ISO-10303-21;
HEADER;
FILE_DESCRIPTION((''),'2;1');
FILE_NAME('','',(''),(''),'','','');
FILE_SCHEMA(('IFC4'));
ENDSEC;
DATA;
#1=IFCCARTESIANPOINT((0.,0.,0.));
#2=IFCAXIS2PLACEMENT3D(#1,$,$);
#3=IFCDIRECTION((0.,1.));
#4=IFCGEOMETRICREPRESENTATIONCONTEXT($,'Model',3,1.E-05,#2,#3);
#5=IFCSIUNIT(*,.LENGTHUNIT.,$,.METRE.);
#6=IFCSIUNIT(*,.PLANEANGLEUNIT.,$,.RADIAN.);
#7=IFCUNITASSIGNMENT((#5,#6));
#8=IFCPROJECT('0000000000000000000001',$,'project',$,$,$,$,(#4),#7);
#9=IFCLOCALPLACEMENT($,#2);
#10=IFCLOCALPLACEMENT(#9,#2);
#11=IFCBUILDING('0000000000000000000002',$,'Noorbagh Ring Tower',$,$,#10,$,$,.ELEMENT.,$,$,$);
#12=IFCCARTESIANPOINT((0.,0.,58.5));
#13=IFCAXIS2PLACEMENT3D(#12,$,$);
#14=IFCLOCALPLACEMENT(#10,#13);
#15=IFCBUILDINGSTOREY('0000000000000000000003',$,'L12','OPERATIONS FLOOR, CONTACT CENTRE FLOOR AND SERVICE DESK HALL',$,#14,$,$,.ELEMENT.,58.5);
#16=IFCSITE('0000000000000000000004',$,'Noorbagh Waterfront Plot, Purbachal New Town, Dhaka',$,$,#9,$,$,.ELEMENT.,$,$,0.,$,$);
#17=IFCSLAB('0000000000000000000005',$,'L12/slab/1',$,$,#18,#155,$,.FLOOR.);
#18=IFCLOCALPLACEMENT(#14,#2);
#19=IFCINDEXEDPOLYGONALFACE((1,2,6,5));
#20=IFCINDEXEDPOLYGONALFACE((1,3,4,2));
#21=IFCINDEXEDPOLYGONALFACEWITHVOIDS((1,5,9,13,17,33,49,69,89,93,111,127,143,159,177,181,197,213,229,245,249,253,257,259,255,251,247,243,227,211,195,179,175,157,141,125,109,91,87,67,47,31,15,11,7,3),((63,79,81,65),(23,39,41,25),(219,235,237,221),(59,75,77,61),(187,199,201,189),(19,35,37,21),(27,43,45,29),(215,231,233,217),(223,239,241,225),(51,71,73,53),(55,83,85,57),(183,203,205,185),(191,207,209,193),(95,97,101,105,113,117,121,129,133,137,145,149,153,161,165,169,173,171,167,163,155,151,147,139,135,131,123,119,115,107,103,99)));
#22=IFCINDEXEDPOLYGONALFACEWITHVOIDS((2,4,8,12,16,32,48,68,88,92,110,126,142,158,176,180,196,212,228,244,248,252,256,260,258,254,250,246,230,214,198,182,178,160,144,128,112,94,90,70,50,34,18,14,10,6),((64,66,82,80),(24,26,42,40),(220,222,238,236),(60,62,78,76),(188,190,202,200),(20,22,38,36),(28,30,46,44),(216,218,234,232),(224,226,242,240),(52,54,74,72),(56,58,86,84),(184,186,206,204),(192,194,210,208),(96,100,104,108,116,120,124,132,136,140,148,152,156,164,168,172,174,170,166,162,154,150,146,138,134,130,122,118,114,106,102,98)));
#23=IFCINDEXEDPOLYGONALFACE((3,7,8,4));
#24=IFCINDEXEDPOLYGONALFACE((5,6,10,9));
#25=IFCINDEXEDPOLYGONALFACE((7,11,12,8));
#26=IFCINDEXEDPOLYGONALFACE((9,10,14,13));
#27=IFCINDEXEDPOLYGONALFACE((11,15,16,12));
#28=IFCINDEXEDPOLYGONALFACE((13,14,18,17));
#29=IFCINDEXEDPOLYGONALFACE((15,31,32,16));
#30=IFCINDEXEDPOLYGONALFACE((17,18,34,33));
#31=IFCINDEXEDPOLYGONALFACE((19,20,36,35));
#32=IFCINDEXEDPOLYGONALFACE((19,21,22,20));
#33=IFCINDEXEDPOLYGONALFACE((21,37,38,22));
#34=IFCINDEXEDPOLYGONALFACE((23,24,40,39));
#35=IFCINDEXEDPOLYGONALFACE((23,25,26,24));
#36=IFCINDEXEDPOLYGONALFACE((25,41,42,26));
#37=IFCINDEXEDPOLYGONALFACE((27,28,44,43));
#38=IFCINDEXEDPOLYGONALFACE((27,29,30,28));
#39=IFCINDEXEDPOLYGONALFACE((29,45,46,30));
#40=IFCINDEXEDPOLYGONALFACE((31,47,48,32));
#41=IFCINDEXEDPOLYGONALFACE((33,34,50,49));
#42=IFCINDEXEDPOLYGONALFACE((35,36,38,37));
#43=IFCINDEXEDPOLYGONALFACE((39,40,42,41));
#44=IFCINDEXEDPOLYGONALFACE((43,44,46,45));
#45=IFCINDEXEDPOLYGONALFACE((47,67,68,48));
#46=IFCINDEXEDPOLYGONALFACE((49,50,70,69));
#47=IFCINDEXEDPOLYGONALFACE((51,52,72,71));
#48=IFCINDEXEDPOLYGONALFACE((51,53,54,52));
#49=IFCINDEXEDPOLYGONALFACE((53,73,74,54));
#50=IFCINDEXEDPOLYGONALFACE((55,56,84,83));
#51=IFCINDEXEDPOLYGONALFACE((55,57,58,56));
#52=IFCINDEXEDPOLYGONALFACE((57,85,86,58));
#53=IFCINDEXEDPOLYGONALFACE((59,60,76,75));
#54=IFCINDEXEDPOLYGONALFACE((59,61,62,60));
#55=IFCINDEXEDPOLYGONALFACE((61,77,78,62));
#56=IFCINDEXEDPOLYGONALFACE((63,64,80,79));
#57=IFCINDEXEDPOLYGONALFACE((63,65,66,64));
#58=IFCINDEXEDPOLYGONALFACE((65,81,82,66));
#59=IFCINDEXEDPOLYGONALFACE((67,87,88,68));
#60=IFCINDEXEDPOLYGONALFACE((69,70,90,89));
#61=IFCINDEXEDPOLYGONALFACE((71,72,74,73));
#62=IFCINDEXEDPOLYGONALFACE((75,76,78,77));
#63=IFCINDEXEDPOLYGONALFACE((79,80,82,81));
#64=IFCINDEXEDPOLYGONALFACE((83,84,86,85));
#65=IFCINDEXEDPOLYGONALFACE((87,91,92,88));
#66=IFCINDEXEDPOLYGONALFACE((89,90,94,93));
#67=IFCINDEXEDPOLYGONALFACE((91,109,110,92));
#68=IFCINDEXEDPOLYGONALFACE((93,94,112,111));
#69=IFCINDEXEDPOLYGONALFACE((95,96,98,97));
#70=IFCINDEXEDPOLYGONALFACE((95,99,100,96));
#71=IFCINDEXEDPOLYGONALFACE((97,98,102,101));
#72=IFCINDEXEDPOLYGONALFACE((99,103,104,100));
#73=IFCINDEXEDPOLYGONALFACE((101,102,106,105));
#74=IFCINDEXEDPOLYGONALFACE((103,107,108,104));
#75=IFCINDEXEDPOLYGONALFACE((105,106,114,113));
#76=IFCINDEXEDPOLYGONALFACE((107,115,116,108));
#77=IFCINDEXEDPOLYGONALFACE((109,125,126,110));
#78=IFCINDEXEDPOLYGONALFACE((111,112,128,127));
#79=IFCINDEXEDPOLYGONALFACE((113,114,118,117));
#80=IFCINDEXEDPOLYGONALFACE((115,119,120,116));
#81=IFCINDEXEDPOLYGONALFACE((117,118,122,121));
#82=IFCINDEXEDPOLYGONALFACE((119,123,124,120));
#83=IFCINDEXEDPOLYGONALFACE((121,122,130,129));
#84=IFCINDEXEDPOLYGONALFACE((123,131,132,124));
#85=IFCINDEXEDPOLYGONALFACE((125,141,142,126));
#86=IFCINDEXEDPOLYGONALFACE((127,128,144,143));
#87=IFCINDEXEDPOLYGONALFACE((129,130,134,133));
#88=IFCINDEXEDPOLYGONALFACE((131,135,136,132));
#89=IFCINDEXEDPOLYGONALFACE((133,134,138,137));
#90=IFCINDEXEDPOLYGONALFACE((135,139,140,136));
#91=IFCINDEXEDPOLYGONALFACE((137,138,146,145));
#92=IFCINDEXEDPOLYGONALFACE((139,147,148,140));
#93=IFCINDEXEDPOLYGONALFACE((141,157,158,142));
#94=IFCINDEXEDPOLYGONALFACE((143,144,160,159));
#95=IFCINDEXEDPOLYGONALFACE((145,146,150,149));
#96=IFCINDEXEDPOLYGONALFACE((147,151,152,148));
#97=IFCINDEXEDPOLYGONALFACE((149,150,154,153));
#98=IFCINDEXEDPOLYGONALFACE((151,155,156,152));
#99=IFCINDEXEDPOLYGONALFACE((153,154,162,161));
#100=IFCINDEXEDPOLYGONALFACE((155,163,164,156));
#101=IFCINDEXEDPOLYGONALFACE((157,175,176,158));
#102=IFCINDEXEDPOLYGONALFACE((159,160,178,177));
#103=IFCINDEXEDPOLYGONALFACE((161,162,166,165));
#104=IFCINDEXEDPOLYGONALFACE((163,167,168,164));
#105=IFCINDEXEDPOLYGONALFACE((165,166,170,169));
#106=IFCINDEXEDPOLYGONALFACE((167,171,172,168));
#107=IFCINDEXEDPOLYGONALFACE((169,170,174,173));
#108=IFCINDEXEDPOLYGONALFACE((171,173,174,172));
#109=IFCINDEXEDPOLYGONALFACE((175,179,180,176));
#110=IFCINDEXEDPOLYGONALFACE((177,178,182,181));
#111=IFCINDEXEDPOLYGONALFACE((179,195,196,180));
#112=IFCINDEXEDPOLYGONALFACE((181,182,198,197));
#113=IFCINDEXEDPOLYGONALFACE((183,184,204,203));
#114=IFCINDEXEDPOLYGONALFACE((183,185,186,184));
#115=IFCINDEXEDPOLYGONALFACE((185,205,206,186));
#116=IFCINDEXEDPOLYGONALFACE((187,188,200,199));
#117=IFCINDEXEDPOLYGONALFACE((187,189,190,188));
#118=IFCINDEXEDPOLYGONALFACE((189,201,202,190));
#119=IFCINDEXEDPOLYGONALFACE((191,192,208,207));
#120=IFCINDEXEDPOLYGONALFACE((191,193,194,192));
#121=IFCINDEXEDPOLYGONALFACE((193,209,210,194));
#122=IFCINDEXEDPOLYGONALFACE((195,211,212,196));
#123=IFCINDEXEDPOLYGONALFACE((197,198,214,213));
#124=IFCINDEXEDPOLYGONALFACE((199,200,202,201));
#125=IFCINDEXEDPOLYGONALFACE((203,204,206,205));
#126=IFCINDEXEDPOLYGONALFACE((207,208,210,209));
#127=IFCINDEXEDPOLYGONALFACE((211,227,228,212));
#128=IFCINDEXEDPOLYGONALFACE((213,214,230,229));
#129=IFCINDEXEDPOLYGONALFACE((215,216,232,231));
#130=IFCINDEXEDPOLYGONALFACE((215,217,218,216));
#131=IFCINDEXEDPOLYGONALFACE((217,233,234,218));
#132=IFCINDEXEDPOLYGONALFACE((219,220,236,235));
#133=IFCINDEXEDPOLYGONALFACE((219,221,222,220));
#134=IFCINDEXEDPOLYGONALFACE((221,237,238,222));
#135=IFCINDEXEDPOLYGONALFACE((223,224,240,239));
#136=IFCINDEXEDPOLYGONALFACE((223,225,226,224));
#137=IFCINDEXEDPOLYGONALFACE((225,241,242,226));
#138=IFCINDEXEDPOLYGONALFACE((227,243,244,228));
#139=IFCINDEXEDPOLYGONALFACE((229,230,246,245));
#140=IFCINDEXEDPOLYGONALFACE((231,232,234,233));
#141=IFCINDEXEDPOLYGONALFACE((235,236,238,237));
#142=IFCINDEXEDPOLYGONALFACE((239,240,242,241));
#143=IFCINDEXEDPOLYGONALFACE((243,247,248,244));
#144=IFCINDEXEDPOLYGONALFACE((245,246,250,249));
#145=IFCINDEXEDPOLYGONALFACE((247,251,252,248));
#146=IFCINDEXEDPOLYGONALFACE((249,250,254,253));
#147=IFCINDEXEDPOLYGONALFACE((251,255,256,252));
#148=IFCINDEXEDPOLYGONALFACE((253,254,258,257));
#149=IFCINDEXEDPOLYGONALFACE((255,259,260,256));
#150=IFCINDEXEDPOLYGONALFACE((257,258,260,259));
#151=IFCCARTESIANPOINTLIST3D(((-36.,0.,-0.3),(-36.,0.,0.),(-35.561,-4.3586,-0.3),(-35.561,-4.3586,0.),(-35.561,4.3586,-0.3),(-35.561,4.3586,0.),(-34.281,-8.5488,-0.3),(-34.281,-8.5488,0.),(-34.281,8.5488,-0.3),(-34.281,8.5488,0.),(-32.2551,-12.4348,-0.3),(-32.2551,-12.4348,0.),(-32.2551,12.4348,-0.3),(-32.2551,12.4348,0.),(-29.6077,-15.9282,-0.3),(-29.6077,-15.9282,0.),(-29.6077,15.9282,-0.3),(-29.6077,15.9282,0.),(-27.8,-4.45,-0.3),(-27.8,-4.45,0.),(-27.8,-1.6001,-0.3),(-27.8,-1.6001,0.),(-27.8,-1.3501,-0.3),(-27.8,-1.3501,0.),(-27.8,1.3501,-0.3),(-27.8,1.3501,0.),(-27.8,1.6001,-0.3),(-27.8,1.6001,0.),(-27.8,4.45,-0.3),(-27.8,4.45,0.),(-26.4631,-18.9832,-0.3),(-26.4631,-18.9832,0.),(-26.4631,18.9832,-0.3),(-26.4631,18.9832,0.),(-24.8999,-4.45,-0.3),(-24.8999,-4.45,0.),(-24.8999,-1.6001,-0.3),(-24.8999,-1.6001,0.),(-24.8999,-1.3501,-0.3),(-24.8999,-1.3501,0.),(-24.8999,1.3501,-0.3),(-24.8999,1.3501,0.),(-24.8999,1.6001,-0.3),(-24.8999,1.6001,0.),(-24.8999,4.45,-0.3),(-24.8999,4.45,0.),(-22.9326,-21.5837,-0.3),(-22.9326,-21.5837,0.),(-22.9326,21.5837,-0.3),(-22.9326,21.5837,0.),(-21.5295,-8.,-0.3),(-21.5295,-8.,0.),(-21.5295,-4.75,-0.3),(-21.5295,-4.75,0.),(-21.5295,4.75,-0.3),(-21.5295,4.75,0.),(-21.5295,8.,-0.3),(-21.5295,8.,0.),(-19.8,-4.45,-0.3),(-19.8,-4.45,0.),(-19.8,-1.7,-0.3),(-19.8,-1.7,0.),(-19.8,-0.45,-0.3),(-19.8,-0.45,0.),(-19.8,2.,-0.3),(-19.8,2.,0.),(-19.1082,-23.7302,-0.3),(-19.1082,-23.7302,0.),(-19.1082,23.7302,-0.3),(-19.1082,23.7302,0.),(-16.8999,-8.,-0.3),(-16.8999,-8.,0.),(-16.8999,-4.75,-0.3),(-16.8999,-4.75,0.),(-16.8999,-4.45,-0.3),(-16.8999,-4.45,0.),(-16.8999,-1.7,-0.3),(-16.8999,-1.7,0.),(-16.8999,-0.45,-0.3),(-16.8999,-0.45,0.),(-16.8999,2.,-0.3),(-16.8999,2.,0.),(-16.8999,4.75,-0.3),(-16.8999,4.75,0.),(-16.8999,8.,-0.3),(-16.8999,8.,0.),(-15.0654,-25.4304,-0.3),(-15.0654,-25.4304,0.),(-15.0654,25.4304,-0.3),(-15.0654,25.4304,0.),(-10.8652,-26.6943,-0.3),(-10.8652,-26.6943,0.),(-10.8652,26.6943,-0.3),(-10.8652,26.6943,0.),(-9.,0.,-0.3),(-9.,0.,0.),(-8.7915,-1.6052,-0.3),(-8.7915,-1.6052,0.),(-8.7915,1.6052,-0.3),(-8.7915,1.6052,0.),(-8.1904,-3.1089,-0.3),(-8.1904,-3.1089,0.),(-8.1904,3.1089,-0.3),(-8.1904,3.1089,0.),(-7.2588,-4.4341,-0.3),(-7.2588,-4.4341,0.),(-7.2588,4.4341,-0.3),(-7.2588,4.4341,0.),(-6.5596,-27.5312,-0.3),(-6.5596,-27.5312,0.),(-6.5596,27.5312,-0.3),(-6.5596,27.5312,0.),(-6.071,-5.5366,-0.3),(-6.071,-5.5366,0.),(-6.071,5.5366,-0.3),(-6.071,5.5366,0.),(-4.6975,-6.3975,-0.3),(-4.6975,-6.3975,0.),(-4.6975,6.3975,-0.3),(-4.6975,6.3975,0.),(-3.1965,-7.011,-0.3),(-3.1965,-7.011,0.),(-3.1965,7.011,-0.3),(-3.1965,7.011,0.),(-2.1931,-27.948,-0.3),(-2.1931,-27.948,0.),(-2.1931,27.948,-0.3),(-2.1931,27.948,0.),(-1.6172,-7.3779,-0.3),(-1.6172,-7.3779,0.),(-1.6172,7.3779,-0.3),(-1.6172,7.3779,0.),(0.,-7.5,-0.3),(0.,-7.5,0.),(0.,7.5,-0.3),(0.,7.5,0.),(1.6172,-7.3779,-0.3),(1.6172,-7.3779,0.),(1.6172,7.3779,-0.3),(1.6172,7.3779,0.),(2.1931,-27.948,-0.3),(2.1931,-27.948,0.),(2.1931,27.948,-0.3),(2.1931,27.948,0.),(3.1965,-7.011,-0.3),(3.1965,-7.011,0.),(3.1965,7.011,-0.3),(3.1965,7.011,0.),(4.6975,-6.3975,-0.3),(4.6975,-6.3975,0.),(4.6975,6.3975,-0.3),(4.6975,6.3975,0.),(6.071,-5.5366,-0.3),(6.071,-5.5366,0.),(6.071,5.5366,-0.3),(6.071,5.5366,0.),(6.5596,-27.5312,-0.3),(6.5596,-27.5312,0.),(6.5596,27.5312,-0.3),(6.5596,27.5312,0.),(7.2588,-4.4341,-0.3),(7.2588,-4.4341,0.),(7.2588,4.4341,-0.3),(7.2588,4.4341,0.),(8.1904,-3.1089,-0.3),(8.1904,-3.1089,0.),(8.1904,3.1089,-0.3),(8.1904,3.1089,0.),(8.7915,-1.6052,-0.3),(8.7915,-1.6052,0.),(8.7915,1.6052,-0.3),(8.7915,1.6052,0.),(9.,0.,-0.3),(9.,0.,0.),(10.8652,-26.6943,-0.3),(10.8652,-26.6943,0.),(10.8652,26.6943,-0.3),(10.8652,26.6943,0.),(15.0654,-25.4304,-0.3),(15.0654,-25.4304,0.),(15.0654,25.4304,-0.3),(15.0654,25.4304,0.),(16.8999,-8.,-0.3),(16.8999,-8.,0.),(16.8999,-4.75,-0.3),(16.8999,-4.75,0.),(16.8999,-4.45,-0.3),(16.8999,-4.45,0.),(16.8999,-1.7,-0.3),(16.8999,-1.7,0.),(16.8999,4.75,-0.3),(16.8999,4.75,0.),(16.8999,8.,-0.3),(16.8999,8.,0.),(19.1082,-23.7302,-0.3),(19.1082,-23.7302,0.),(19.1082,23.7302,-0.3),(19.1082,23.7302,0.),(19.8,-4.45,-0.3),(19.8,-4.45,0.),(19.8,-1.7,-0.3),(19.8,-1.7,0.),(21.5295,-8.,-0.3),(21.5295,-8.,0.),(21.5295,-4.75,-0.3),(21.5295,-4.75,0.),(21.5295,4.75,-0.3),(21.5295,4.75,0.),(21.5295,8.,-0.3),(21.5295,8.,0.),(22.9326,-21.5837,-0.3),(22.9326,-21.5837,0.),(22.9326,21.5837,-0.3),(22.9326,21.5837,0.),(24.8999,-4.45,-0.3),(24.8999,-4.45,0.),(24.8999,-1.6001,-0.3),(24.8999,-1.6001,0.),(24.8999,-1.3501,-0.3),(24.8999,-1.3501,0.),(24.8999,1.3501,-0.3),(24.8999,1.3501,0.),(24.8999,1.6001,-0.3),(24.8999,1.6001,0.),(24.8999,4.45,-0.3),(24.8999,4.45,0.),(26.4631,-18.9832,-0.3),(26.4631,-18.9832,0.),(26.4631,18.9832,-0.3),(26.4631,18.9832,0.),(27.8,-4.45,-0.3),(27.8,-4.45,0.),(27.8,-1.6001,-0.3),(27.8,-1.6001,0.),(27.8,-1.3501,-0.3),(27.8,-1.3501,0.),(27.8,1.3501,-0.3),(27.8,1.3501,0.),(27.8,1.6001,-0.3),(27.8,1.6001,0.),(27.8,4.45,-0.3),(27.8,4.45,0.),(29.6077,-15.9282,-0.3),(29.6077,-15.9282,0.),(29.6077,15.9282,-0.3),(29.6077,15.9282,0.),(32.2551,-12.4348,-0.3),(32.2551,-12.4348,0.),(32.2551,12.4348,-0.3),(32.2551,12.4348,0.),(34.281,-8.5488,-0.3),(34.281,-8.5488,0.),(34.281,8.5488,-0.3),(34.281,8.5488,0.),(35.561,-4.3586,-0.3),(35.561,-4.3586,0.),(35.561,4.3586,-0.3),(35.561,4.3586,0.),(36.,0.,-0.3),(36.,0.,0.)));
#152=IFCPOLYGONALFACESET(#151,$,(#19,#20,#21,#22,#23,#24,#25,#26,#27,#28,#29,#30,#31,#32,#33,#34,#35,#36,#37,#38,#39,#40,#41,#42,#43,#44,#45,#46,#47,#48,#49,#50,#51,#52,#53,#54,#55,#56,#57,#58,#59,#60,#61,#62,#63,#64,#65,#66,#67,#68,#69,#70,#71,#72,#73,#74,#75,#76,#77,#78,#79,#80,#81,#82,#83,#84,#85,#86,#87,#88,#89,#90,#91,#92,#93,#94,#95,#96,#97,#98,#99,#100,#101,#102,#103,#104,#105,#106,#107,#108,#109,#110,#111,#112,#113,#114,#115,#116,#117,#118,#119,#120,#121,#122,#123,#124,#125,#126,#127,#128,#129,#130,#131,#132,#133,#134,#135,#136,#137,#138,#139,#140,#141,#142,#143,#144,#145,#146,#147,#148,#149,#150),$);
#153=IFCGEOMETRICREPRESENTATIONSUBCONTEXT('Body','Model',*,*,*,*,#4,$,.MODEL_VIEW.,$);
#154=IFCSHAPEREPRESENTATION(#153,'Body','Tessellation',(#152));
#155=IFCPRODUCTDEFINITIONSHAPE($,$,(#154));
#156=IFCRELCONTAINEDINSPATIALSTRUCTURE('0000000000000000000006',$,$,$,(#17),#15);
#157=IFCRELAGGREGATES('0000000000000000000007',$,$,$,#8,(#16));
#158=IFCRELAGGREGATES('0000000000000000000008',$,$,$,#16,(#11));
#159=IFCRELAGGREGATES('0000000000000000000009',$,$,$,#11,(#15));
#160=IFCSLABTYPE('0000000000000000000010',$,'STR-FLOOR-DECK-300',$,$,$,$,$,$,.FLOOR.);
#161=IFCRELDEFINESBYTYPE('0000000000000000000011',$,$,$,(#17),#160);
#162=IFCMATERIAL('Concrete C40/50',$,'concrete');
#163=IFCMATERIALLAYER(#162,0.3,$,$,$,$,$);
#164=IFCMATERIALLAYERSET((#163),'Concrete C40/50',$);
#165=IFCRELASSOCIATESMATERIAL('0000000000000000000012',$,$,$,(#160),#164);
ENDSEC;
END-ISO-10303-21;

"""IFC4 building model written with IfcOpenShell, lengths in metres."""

from ifc_helpers import new_model, si_unit, direction, frame, origin, place, context, subcontext, project, spatial, polyline, outline, extrude, material, layer, layer_set, type_object, element, save


model = new_model("IFC4")

# Units and contexts
model_context = context("Model", 3, precision=1e-05, world=origin(), true_north=direction((0.0, 1.0)))
body_context = subcontext(model_context, "Body", "Model", "MODEL_VIEW")
ifc_project = project(units=[si_unit("LENGTHUNIT", "METRE"), si_unit("PLANEANGLEUNIT", "RADIAN")], contexts=[model_context])

# Site, building, storey
site_placement = place(None, origin())
site = spatial("IfcSite", under=ifc_project, at=site_placement, Name="Noorbagh Waterfront Plot, Purbachal New Town, Dhaka", CompositionType="ELEMENT", RefElevation=0.0)
building_placement = place(site_placement, origin())
building = spatial("IfcBuilding", under=site, at=building_placement, Name="Noorbagh Ring Tower", CompositionType="ELEMENT")
storey_placement = place(building_placement, frame((0.0, 0.0, 58.5)))
storey = spatial("IfcBuildingStorey", under=building, at=storey_placement, Name="L12", Description="OPERATIONS FLOOR, CONTACT CENTRE FLOOR AND SERVICE DESK HALL", CompositionType="ELEMENT", Elevation=58.5)

# Slab
ifc_material_1 = material(Name="Concrete C40/50", Category="concrete")
ifc_layer_1 = layer(ifc_material_1, 0.3)
ifc_layer_set_1 = layer_set([ifc_layer_1], Name="Concrete C40/50")
slab_type_1 = type_object("IfcSlabType", Name="STR-FLOOR-DECK-300", PredefinedType="FLOOR", material=ifc_layer_set_1)
slab_1_placement = place(storey_placement, frame((0.0, 0.0, -0.3)))
element("IfcSlab", 1, at=slab_1_placement, inside=storey, type_object=slab_type_1, Name="L12/slab/1", PredefinedType="FLOOR", context=body_context, shape_type="SweptSolid", body=[
    extrude(outline(polyline([(36.0, 0.0), (35.561, 4.3586), (34.281, 8.5488), (32.2551, 12.4348), (29.6077, 15.9282), (26.4631, 18.9832), (22.9326, 21.5837), (19.1082, 23.7302), (15.0654, 25.4304), (10.8652, 26.6943), (6.5596, 27.5312), (2.1931, 27.948), (-2.1931, 27.948), (-6.5596, 27.5312), (-10.8652, 26.6943), (-15.0654, 25.4304), (-19.1082, 23.7302), (-22.9326, 21.5837), (-26.4631, 18.9832), (-29.6077, 15.9282), (-32.2551, 12.4348), (-34.281, 8.5488), (-35.561, 4.3586), (-36.0, 0.0), (-35.561, -4.3586), (-34.281, -8.5488), (-32.2551, -12.4348), (-29.6077, -15.9282), (-26.4631, -18.9832), (-22.9326, -21.5837), (-19.1082, -23.7302), (-15.0654, -25.4304), (-10.8652, -26.6943), (-6.5596, -27.5312), (-2.1931, -27.948), (2.1931, -27.948), (6.5596, -27.5312), (10.8652, -26.6943), (15.0654, -25.4304), (19.1082, -23.7302), (22.9326, -21.5837), (26.4631, -18.9832), (29.6077, -15.9282), (32.2551, -12.4348), (34.281, -8.5488), (35.561, -4.3586), (36.0, 0.0)]), holes=[polyline([(24.8999, -1.6001), (27.8, -1.6001), (27.8, -4.45), (24.8999, -4.45), (24.8999, -1.6001)]), polyline([(24.8999, 1.3501), (27.8, 1.3501), (27.8, -1.3501), (24.8999, -1.3501), (24.8999, 1.3501)]), polyline([(24.8999, 4.45), (27.8, 4.45), (27.8, 1.6001), (24.8999, 1.6001), (24.8999, 4.45)]), polyline([(21.5295, -4.75), (21.5295, -8.0), (16.8999, -8.0), (16.8999, -4.75), (21.5295, -4.75)]), polyline([(21.5295, 4.75), (16.8999, 4.75), (16.8999, 8.0), (21.5295, 8.0), (21.5295, 4.75)]), polyline([(16.8999, -1.7), (19.8, -1.7), (19.8, -4.45), (16.8999, -4.45), (16.8999, -1.7)]), polyline([(4.6975, -6.3975), (3.1965, -7.011), (1.6172, -7.3779), (0.0, -7.5), (-1.6172, -7.3779), (-3.1965, -7.011), (-4.6975, -6.3975), (-6.071, -5.5366), (-7.2588, -4.4341), (-8.1904, -3.1089), (-8.7915, -1.6052), (-9.0, 0.0), (-8.7915, 1.6052), (-8.1904, 3.1089), (-7.2588, 4.4341), (-6.071, 5.5366), (-4.6975, 6.3975), (-3.1965, 7.011), (-1.6172, 7.3779), (0.0, 7.5), (1.6172, 7.3779), (3.1965, 7.011), (4.6975, 6.3975), (6.071, 5.5366), (7.2588, 4.4341), (8.1904, 3.1089), (8.7915, 1.6052), (9.0, 0.0), (8.7915, -1.6052), (8.1904, -3.1089), (7.2588, -4.4341), (6.071, -5.5366), (4.6975, -6.3975)]), polyline([(-21.5295, -8.0), (-21.5295, -4.75), (-16.8999, -4.75), (-16.8999, -8.0), (-21.5295, -8.0)]), polyline([(-21.5295, 8.0), (-16.8999, 8.0), (-16.8999, 4.75), (-21.5295, 4.75), (-21.5295, 8.0)]), polyline([(-16.8999, -4.45), (-19.8, -4.45), (-19.8, -1.7), (-16.8999, -1.7), (-16.8999, -4.45)]), polyline([(-16.8999, -0.45), (-19.8, -0.45), (-19.8, 2.0), (-16.8999, 2.0), (-16.8999, -0.45)]), polyline([(-24.8999, -4.45), (-27.8, -4.45), (-27.8, -1.6001), (-24.8999, -1.6001), (-24.8999, -4.45)]), polyline([(-24.8999, -1.3501), (-27.8, -1.3501), (-27.8, 1.3501), (-24.8999, 1.3501), (-24.8999, -1.3501)]), polyline([(-24.8999, 1.6001), (-27.8, 1.6001), (-27.8, 4.45), (-24.8999, 4.45), (-24.8999, 1.6001)])]), origin(), (0.0, 0.0, 1.0), 0.3),
])

save(model, "model.ifc")
